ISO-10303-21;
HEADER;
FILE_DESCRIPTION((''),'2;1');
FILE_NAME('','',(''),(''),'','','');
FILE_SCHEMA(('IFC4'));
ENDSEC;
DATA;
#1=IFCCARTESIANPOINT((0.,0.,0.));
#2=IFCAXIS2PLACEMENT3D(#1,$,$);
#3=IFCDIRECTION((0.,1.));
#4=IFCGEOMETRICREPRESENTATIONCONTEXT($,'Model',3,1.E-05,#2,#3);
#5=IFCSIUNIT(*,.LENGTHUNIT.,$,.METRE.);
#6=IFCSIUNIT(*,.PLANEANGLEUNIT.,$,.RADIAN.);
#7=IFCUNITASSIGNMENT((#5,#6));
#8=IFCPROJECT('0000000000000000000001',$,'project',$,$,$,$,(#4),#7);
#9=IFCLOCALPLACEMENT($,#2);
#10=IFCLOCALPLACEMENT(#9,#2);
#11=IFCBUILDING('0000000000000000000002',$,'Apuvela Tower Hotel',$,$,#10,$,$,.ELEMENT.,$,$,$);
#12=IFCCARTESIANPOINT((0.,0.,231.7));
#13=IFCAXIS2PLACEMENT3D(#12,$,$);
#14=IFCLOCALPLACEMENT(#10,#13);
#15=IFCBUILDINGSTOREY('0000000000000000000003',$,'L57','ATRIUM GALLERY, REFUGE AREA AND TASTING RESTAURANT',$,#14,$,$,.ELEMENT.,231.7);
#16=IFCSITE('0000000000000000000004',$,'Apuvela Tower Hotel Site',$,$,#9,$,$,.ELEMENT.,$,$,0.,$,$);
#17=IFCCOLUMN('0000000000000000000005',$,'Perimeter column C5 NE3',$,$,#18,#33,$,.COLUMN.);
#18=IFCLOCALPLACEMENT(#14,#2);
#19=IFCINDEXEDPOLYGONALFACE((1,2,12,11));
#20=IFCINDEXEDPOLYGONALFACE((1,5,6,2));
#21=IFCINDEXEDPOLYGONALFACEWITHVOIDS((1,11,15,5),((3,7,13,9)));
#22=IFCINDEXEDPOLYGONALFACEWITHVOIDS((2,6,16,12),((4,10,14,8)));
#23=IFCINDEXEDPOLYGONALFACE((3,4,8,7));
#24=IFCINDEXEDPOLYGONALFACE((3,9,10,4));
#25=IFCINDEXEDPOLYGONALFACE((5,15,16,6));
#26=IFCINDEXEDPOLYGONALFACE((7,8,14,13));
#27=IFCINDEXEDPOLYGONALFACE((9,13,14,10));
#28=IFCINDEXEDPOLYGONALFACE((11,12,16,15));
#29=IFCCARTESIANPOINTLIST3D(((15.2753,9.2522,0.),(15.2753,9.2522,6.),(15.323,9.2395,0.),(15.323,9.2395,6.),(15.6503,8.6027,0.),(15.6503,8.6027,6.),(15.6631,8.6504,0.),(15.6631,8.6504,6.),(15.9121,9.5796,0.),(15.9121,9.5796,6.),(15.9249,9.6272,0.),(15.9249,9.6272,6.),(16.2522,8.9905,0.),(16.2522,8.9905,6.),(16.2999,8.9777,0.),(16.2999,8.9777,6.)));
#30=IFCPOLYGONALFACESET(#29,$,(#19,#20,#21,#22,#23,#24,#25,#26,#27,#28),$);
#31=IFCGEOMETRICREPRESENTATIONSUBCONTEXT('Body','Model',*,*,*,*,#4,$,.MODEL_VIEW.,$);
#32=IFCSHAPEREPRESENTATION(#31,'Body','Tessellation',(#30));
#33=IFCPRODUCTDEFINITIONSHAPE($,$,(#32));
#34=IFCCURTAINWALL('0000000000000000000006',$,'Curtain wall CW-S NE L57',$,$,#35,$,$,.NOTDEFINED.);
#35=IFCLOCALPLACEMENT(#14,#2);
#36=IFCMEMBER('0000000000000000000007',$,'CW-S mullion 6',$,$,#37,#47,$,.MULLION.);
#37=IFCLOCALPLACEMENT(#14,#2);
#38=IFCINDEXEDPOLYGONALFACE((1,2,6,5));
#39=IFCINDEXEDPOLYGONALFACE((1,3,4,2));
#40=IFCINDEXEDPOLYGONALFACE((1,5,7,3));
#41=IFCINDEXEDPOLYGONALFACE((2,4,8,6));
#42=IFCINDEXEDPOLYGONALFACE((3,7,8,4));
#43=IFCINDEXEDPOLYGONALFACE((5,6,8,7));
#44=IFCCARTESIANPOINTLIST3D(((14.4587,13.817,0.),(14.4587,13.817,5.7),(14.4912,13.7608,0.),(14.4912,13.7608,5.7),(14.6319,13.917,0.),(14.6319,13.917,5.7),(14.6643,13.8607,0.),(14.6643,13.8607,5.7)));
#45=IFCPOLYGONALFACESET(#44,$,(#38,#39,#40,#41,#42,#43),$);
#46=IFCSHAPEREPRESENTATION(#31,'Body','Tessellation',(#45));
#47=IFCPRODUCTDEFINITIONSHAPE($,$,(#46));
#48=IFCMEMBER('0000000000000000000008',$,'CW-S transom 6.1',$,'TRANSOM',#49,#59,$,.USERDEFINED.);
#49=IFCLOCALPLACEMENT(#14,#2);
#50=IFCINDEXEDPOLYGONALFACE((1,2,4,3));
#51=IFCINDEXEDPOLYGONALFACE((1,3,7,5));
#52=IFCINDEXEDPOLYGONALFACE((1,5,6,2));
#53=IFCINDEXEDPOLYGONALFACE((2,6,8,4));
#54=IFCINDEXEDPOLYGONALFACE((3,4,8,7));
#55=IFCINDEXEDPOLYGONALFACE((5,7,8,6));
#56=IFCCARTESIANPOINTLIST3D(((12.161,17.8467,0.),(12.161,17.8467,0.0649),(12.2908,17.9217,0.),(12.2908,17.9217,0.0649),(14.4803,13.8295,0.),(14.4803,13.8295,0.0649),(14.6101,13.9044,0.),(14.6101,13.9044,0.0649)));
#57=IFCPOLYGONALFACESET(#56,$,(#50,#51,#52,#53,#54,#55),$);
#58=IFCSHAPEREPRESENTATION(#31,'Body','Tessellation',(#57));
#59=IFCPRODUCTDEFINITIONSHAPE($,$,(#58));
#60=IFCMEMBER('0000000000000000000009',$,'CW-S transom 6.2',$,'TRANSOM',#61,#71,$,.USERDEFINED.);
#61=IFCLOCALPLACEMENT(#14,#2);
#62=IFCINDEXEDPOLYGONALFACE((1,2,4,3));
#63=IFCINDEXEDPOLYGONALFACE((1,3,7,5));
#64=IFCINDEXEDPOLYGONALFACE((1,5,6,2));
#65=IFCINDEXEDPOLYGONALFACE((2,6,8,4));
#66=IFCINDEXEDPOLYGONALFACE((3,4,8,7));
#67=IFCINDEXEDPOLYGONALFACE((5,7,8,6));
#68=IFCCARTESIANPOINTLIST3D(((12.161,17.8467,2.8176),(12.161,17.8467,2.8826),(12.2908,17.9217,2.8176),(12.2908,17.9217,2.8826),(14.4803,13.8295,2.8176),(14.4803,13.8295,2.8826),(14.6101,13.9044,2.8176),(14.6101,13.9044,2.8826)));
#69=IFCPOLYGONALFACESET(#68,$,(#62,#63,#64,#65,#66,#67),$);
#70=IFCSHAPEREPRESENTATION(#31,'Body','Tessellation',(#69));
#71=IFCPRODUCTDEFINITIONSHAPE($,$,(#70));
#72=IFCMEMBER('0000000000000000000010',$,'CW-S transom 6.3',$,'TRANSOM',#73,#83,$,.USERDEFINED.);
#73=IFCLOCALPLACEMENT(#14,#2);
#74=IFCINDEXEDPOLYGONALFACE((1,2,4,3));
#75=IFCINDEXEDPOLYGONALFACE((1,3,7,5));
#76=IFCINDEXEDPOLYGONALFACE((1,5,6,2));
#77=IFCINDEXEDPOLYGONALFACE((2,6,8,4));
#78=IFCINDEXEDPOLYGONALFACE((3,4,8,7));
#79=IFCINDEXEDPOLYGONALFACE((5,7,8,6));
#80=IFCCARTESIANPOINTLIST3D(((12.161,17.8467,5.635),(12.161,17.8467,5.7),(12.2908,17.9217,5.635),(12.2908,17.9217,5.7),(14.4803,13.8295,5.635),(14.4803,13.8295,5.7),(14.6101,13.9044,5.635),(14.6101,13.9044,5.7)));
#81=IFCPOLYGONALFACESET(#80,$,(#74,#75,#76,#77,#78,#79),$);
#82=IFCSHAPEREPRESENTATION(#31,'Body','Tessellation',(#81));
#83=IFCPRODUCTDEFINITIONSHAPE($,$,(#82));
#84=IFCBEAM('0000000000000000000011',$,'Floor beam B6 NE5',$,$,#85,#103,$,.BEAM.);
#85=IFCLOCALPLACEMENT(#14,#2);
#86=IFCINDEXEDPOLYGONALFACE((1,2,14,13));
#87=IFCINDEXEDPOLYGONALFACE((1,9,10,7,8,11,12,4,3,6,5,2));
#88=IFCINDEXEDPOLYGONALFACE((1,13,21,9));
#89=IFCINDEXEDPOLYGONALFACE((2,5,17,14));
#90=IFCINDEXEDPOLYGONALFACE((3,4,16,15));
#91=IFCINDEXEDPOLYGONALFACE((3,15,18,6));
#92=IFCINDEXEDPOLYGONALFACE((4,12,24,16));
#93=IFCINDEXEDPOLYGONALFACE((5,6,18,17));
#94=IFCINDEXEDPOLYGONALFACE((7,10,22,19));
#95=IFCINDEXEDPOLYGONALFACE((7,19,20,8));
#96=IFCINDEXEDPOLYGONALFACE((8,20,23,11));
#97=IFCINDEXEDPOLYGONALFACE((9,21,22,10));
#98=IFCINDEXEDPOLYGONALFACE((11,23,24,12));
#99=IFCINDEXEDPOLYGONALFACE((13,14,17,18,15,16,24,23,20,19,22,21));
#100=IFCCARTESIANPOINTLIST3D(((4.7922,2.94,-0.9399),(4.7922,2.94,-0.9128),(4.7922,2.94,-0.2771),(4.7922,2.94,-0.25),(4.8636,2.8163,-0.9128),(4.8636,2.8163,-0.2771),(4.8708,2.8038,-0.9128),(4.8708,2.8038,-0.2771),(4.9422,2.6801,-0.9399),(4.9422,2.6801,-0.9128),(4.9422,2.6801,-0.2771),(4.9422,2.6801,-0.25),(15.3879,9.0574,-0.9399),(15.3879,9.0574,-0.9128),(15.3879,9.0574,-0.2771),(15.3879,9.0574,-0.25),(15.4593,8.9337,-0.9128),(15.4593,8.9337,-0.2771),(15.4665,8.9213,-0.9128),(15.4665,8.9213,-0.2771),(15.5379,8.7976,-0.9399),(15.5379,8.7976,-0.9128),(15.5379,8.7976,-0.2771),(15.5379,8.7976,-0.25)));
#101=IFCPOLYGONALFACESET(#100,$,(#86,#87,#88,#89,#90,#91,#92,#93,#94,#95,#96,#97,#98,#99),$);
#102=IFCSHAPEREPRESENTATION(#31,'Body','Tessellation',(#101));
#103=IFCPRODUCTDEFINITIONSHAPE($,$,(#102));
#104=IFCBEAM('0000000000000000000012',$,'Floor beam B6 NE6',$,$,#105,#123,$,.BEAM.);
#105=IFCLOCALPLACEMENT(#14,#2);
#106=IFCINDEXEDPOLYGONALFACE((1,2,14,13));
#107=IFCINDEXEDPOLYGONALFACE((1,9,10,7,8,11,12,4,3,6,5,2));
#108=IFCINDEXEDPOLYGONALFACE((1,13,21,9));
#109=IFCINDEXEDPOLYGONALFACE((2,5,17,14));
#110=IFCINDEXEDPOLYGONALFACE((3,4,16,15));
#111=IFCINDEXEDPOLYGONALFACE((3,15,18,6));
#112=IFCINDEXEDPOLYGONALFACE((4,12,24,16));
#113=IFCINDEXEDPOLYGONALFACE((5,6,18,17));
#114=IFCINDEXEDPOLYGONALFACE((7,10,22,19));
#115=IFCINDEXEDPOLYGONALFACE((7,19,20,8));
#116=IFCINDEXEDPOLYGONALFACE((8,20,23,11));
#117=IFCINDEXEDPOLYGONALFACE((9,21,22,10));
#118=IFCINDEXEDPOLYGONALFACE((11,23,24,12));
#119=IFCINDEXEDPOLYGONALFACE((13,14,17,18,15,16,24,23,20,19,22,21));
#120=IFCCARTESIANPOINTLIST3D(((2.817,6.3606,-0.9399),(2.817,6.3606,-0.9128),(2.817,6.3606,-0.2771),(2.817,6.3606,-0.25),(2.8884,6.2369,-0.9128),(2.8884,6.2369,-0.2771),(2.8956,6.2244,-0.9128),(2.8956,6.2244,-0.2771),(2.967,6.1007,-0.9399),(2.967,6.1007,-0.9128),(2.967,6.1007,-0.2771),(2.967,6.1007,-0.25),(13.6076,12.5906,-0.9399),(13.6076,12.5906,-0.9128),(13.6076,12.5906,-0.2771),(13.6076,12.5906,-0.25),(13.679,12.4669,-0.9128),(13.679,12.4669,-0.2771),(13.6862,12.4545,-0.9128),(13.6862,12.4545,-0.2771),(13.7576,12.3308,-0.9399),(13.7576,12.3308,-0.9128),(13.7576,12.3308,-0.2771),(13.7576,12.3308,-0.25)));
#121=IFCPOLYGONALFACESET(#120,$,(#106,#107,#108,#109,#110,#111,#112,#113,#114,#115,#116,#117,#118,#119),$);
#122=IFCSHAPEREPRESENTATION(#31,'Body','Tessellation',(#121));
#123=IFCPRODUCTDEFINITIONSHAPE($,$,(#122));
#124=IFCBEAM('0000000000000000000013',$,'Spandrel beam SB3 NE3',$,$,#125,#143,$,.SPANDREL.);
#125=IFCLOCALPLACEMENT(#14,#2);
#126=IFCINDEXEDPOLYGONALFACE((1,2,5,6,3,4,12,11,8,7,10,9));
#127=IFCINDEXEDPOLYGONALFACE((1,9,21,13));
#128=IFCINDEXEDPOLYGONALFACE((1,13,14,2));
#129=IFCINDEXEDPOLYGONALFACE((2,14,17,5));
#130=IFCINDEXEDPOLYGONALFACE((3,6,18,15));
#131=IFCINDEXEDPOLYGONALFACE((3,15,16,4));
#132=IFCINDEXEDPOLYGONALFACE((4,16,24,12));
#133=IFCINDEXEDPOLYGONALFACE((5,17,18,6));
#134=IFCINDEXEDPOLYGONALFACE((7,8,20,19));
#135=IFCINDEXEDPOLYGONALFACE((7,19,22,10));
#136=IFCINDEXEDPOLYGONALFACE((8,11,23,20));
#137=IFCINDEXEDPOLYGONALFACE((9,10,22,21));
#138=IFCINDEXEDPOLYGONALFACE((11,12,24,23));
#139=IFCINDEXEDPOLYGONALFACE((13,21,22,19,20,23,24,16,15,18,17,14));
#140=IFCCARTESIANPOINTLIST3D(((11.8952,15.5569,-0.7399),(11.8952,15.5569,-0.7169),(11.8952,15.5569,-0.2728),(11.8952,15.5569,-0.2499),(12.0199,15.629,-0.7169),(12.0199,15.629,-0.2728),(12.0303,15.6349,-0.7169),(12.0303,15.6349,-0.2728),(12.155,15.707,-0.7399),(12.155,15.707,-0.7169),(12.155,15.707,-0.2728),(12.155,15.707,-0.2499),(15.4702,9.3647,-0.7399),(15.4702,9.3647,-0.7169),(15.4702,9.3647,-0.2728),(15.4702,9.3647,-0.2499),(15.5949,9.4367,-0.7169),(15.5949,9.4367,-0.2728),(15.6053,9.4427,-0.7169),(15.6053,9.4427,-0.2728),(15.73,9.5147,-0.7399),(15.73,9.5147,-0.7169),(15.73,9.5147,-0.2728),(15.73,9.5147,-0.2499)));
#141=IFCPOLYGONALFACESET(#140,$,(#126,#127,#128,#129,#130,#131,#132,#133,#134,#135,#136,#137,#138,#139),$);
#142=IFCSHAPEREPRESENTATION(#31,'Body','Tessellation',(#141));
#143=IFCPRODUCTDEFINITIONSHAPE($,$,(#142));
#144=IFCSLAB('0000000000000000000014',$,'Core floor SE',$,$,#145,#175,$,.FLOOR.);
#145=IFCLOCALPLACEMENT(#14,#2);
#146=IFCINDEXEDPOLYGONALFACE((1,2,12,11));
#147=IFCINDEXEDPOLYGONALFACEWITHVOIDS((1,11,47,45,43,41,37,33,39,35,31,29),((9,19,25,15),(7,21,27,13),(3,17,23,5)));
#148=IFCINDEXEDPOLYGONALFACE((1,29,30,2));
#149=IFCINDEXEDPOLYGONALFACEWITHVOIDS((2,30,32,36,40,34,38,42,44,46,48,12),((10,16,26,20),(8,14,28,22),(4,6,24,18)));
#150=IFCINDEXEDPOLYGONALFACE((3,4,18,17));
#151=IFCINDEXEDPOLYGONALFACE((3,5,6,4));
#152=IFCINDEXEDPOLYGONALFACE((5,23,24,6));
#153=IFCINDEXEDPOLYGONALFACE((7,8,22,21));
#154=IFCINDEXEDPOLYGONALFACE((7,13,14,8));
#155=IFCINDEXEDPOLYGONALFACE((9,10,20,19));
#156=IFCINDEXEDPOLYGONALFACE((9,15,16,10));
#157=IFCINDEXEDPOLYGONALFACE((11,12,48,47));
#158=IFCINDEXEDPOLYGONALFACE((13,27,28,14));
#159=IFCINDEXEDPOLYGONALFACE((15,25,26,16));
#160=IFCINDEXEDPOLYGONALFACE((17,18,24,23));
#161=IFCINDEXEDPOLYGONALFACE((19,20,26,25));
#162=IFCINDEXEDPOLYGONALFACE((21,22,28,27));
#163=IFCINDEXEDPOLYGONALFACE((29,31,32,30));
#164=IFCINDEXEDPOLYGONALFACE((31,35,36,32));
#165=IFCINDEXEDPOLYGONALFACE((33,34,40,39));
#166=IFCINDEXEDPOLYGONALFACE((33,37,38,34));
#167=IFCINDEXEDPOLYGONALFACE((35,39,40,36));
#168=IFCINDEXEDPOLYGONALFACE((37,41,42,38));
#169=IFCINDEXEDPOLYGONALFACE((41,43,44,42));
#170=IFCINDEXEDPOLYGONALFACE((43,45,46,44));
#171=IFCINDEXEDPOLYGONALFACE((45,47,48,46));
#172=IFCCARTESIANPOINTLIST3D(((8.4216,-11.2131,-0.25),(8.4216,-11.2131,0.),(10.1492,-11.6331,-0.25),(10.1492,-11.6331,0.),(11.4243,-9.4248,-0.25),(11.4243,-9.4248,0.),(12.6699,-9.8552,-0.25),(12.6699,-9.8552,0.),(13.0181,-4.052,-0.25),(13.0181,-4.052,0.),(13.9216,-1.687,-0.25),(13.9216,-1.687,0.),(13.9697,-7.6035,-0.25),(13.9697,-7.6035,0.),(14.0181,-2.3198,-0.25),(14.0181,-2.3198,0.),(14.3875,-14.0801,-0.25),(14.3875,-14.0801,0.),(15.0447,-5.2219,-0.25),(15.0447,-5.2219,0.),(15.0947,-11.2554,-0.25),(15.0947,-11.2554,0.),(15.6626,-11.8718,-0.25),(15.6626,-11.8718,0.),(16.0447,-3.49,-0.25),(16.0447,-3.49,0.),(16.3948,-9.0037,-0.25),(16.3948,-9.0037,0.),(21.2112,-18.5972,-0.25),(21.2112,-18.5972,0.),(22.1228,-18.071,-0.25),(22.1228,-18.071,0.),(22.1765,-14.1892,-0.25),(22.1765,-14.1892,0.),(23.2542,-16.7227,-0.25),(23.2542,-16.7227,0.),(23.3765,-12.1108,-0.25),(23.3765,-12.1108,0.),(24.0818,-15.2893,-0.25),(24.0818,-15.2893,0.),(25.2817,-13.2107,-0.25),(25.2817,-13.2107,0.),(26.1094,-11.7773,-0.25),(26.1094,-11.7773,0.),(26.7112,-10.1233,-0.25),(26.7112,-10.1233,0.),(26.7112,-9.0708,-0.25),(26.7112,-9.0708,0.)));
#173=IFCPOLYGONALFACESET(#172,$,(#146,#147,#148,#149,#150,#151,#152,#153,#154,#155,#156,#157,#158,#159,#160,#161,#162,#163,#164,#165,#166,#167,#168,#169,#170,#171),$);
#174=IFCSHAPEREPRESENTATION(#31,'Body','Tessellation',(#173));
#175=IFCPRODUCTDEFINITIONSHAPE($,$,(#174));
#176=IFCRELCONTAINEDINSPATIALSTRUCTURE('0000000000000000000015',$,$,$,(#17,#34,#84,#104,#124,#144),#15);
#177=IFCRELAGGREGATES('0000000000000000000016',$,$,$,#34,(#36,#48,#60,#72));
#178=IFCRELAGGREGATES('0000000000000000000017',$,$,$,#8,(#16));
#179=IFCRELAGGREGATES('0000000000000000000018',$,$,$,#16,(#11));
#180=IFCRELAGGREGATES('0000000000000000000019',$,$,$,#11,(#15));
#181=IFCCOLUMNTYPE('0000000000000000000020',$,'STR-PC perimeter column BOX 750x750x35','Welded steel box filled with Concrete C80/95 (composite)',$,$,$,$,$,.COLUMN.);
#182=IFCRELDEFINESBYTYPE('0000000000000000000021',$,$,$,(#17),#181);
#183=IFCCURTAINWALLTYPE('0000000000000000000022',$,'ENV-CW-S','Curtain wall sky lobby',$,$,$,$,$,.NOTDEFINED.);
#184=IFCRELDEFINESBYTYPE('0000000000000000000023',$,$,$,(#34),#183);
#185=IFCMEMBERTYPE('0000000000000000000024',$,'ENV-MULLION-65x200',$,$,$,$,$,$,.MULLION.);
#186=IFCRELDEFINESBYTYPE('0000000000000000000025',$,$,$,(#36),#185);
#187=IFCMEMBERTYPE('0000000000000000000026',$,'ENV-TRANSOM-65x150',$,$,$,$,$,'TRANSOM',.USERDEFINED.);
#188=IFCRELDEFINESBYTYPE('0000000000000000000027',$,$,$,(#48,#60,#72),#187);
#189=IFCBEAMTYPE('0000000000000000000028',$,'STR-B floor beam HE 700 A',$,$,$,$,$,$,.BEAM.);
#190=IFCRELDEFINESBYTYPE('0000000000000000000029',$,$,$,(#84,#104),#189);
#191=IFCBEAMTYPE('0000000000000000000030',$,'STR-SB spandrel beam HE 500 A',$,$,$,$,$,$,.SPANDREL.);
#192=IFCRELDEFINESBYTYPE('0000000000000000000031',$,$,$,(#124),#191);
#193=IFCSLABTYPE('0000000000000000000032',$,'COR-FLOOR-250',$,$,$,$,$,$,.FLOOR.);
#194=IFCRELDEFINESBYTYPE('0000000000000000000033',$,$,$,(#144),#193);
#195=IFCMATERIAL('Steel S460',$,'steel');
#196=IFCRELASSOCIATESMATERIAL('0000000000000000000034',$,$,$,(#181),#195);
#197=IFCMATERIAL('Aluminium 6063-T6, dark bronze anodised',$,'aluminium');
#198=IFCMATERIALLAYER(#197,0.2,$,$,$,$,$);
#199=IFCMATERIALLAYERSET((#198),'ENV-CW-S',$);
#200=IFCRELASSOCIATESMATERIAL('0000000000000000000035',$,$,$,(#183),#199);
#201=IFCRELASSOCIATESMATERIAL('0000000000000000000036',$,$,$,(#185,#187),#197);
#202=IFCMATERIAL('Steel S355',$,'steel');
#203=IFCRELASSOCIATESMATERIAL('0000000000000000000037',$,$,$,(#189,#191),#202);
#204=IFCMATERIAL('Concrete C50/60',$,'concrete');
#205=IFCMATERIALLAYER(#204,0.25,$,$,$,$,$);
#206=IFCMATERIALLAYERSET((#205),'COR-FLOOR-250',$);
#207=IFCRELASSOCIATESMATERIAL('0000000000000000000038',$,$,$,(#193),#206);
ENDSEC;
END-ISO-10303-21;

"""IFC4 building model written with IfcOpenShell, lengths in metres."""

from ifc_helpers import new_model, si_unit, direction, frame, origin, origin_2d, place, context, subcontext, project, spatial, polyline, rectangle, hollow_rectangle, i_section, outline, extrude, material, layer, layer_set, material_profile, profile_set, type_object, element, aggregate, save


model = new_model("IFC4")

# Units and contexts
model_context = context("Model", 3, precision=1e-05, world=origin(), true_north=direction((0.0, 1.0)))
body_context = subcontext(model_context, "Body", "Model", "MODEL_VIEW")
ifc_project = project(units=[si_unit("LENGTHUNIT", "METRE"), si_unit("PLANEANGLEUNIT", "RADIAN")], contexts=[model_context])

# Site, building, storey
site_placement = place(None, origin())
site = spatial("IfcSite", under=ifc_project, at=site_placement, Name="Apuvela Tower Hotel Site", CompositionType="ELEMENT", RefElevation=0.0)
building_placement = place(site_placement, origin())
building = spatial("IfcBuilding", under=site, at=building_placement, Name="Apuvela Tower Hotel", CompositionType="ELEMENT")
storey_placement = place(building_placement, frame((0.0, 0.0, 231.7)))
storey = spatial("IfcBuildingStorey", under=building, at=storey_placement, Name="L57", Description="ATRIUM GALLERY, REFUGE AREA AND TASTING RESTAURANT", CompositionType="ELEMENT", Elevation=231.7)

# Column
ifc_material_1 = material(Name="Steel S460", Category="steel")
ifc_material_profile_1 = material_profile(ifc_material_1, hollow_rectangle(XDim=0.75, YDim=0.75, WallThickness=0.0349, at=origin_2d()), Name="BOX 750x750x35")
ifc_material_2 = material(Name="Concrete C80/95", Category="concrete")
ifc_material_profile_2 = material_profile(ifc_material_2, rectangle(XDim=0.6799, YDim=0.6799, at=origin_2d()), Name="Concrete C80/95 infill")
ifc_profile_set_1 = profile_set([ifc_material_profile_1, ifc_material_profile_2], Name="Steel S460")
column_type = type_object("IfcColumnType", Name="STR-PC perimeter column BOX 750x750x35", Description="Welded steel box filled with Concrete C80/95 (composite)", PredefinedType="COLUMN", material=ifc_profile_set_1)
column_placement = place(storey_placement, frame((15.7876, 9.115, 0.0), z_axis=(0.0, 0.0, 1.0), x_axis=(-0.5, 0.866025, 0.0)))
element("IfcColumn", 1, at=column_placement, inside=storey, type_object=column_type, Name="Perimeter column C5 NE3", PredefinedType="COLUMN", context=body_context, shape_type="SweptSolid", body=[
    extrude(hollow_rectangle(XDim=0.75, YDim=0.75, WallThickness=0.0349, at=origin_2d()), origin(), (0.0, 0.0, 1.0), 6.0),
])

# Curtain wall, members
ifc_material_3 = material(Name="Aluminium 6063-T6, dark bronze anodised", Category="aluminium")
ifc_layer_1 = layer(ifc_material_3, 0.2)
ifc_layer_set_1 = layer_set([ifc_layer_1], Name="ENV-CW-S")
curtain_wall_type = type_object("IfcCurtainWallType", Name="ENV-CW-S", Description="Curtain wall sky lobby", PredefinedType="NOTDEFINED", material=ifc_layer_set_1)
curtain_wall_placement = place(storey_placement, origin())
curtain_wall = element("IfcCurtainWall", 2, at=curtain_wall_placement, inside=storey, type_object=curtain_wall_type, Name="Curtain wall CW-S NE L57", PredefinedType="NOTDEFINED")
ifc_material_profile_3 = material_profile(ifc_material_3, rectangle(XDim=0.2, YDim=0.0649, at=origin_2d()), Name="AL 65x200")
ifc_profile_set_2 = profile_set([ifc_material_profile_3], Name="Aluminium 6063-T6, dark bronze anodised")
member_type_1 = type_object("IfcMemberType", Name="ENV-MULLION-65x200", PredefinedType="MULLION", material=ifc_profile_set_2)
member_1_placement = place(storey_placement, frame((14.5615, 13.8389, 0.0), z_axis=(0.0, 0.0, 1.0), x_axis=(-0.866026, -0.499999, 0.0)))
member_1 = element("IfcMember", 3, at=member_1_placement, type_object=member_type_1, Name="CW-S mullion 6", PredefinedType="MULLION", context=body_context, shape_type="SweptSolid", body=[
    extrude(rectangle(XDim=0.2, YDim=0.0649, at=origin_2d()), origin(), (0.0, 0.0, 1.0), 5.7),
])
ifc_material_profile_4 = material_profile(ifc_material_3, rectangle(XDim=0.1499, YDim=0.0649, at=origin_2d()), Name="AL 65x150 transom")
ifc_profile_set_3 = profile_set([ifc_material_profile_4], Name="Aluminium 6063-T6, dark bronze anodised")
member_type_2 = type_object("IfcMemberType", Name="ENV-TRANSOM-65x150", ElementType="TRANSOM", PredefinedType="USERDEFINED", material=ifc_profile_set_3)
member_2_placement = place(storey_placement, frame((14.5452, 13.8669, 0.0325), z_axis=(-0.499988, 0.866032, 0.0), x_axis=(-0.866032, -0.499988, 0.0)))
member_2 = element("IfcMember", 4, at=member_2_placement, type_object=member_type_2, Name="CW-S transom 6.1", ObjectType="TRANSOM", PredefinedType="USERDEFINED", context=body_context, shape_type="SweptSolid", body=[
    extrude(rectangle(XDim=0.1499, YDim=0.0649, at=origin_2d()), origin(), (0.0, 0.0, 1.0), 4.6387),
])
member_3_placement = place(storey_placement, frame((14.5452, 13.8669, 2.8501), z_axis=(-0.499988, 0.866032, 0.0), x_axis=(-0.866032, -0.499988, 0.0)))
member_3 = element("IfcMember", 5, at=member_3_placement, type_object=member_type_2, Name="CW-S transom 6.2", ObjectType="TRANSOM", PredefinedType="USERDEFINED", context=body_context, shape_type="SweptSolid", body=[
    extrude(rectangle(XDim=0.1499, YDim=0.0649, at=origin_2d()), origin(), (0.0, 0.0, 1.0), 4.6387),
])
member_4_placement = place(storey_placement, frame((14.5452, 13.8669, 5.6675), z_axis=(-0.499988, 0.866032, 0.0), x_axis=(-0.866032, -0.499988, 0.0)))
member_4 = element("IfcMember", 6, at=member_4_placement, type_object=member_type_2, Name="CW-S transom 6.3", ObjectType="TRANSOM", PredefinedType="USERDEFINED", context=body_context, shape_type="SweptSolid", body=[
    extrude(rectangle(XDim=0.1499, YDim=0.0649, at=origin_2d()), origin(), (0.0, 0.0, 1.0), 4.6387),
])

# Beams
ifc_material_4 = material(Name="Steel S355", Category="steel")
ifc_material_profile_5 = material_profile(ifc_material_4, i_section(OverallWidth=0.3, OverallDepth=0.6899, WebThickness=0.0144, FlangeThickness=0.0271, at=origin_2d()), Name="HE 700 A")
ifc_profile_set_4 = profile_set([ifc_material_profile_5], Name="Steel S355")
beam_type_1 = type_object("IfcBeamType", Name="STR-B floor beam HE 700 A", PredefinedType="BEAM", material=ifc_profile_set_4)
beam_1_placement = place(storey_placement, frame((15.4629, 8.9275, -0.595), z_axis=(-0.866025, -0.5, 0.0), x_axis=(0.5, -0.866025, 0.0)))
element("IfcBeam", 7, at=beam_1_placement, inside=storey, type_object=beam_type_1, Name="Floor beam B6 NE5", PredefinedType="BEAM", context=body_context, shape_type="SweptSolid", body=[
    extrude(i_section(OverallWidth=0.3, OverallDepth=0.6899, WebThickness=0.0144, FlangeThickness=0.0271, at=origin_2d()), origin(), (0.0, 0.0, 1.0), 12.2349),
])
beam_2_placement = place(storey_placement, frame((13.6826, 12.4607, -0.595), z_axis=(-0.866023, -0.500004, 0.0), x_axis=(0.500004, -0.866023, 0.0)))
element("IfcBeam", 8, at=beam_2_placement, inside=storey, type_object=beam_type_1, Name="Floor beam B6 NE6", PredefinedType="BEAM", context=body_context, shape_type="SweptSolid", body=[
    extrude(i_section(OverallWidth=0.3, OverallDepth=0.6899, WebThickness=0.0144, FlangeThickness=0.0271, at=origin_2d()), origin(), (0.0, 0.0, 1.0), 12.46),
])
ifc_material_profile_6 = material_profile(ifc_material_4, i_section(OverallWidth=0.3, OverallDepth=0.49, WebThickness=0.012, FlangeThickness=0.0229, at=origin_2d()), Name="HE 500 A")
ifc_profile_set_5 = profile_set([ifc_material_profile_6], Name="Steel S355")
beam_type_2 = type_object("IfcBeamType", Name="STR-SB spandrel beam HE 500 A", PredefinedType="SPANDREL", material=ifc_profile_set_5)
beam_3_placement = place(storey_placement, frame((15.6001, 9.4397, -0.4949), z_axis=(-0.499991, 0.86603, 0.0), x_axis=(-0.86603, -0.499991, 0.0)))
element("IfcBeam", 9, at=beam_3_placement, inside=storey, type_object=beam_type_2, Name="Spandrel beam SB3 NE3", PredefinedType="SPANDREL", context=body_context, shape_type="SweptSolid", body=[
    extrude(i_section(OverallWidth=0.3, OverallDepth=0.49, WebThickness=0.012, FlangeThickness=0.0229, at=origin_2d()), origin(), (0.0, 0.0, 1.0), 7.1501),
])

# Slab
ifc_material_5 = material(Name="Concrete C50/60", Category="concrete")
ifc_layer_2 = layer(ifc_material_5, 0.25)
ifc_layer_set_2 = layer_set([ifc_layer_2], Name="COR-FLOOR-250")
slab_type_1 = type_object("IfcSlabType", Name="COR-FLOOR-250", PredefinedType="FLOOR", material=ifc_layer_set_2)
slab_1_placement = place(storey_placement, frame((0.0, 0.0, -0.25)))
element("IfcSlab", 10, at=slab_1_placement, inside=storey, type_object=slab_type_1, Name="Core floor SE", PredefinedType="FLOOR", context=body_context, shape_type="SweptSolid", body=[
    extrude(outline(polyline([(21.2112, -18.5972), (22.1228, -18.071), (23.2542, -16.7227), (24.0818, -15.2893), (22.1765, -14.1892), (23.3765, -12.1108), (25.2817, -13.2107), (26.1094, -11.7773), (26.7112, -10.1233), (26.7112, -9.0708), (13.9216, -1.687), (8.4216, -11.2131), (21.2112, -18.5972)]), holes=[polyline([(14.0181, -2.3198), (16.0447, -3.49), (15.0447, -5.2219), (13.0181, -4.052), (14.0181, -2.3198)]), polyline([(10.1492, -11.6331), (11.4243, -9.4248), (15.6626, -11.8718), (14.3875, -14.0801), (10.1492, -11.6331)]), polyline([(12.6699, -9.8552), (13.9697, -7.6035), (16.3948, -9.0037), (15.0947, -11.2554), (12.6699, -9.8552)])]), origin(), (0.0, 0.0, 1.0), 0.25),
])

aggregate(curtain_wall, [member_1, member_2, member_3, member_4])

save(model, "model.ifc")
